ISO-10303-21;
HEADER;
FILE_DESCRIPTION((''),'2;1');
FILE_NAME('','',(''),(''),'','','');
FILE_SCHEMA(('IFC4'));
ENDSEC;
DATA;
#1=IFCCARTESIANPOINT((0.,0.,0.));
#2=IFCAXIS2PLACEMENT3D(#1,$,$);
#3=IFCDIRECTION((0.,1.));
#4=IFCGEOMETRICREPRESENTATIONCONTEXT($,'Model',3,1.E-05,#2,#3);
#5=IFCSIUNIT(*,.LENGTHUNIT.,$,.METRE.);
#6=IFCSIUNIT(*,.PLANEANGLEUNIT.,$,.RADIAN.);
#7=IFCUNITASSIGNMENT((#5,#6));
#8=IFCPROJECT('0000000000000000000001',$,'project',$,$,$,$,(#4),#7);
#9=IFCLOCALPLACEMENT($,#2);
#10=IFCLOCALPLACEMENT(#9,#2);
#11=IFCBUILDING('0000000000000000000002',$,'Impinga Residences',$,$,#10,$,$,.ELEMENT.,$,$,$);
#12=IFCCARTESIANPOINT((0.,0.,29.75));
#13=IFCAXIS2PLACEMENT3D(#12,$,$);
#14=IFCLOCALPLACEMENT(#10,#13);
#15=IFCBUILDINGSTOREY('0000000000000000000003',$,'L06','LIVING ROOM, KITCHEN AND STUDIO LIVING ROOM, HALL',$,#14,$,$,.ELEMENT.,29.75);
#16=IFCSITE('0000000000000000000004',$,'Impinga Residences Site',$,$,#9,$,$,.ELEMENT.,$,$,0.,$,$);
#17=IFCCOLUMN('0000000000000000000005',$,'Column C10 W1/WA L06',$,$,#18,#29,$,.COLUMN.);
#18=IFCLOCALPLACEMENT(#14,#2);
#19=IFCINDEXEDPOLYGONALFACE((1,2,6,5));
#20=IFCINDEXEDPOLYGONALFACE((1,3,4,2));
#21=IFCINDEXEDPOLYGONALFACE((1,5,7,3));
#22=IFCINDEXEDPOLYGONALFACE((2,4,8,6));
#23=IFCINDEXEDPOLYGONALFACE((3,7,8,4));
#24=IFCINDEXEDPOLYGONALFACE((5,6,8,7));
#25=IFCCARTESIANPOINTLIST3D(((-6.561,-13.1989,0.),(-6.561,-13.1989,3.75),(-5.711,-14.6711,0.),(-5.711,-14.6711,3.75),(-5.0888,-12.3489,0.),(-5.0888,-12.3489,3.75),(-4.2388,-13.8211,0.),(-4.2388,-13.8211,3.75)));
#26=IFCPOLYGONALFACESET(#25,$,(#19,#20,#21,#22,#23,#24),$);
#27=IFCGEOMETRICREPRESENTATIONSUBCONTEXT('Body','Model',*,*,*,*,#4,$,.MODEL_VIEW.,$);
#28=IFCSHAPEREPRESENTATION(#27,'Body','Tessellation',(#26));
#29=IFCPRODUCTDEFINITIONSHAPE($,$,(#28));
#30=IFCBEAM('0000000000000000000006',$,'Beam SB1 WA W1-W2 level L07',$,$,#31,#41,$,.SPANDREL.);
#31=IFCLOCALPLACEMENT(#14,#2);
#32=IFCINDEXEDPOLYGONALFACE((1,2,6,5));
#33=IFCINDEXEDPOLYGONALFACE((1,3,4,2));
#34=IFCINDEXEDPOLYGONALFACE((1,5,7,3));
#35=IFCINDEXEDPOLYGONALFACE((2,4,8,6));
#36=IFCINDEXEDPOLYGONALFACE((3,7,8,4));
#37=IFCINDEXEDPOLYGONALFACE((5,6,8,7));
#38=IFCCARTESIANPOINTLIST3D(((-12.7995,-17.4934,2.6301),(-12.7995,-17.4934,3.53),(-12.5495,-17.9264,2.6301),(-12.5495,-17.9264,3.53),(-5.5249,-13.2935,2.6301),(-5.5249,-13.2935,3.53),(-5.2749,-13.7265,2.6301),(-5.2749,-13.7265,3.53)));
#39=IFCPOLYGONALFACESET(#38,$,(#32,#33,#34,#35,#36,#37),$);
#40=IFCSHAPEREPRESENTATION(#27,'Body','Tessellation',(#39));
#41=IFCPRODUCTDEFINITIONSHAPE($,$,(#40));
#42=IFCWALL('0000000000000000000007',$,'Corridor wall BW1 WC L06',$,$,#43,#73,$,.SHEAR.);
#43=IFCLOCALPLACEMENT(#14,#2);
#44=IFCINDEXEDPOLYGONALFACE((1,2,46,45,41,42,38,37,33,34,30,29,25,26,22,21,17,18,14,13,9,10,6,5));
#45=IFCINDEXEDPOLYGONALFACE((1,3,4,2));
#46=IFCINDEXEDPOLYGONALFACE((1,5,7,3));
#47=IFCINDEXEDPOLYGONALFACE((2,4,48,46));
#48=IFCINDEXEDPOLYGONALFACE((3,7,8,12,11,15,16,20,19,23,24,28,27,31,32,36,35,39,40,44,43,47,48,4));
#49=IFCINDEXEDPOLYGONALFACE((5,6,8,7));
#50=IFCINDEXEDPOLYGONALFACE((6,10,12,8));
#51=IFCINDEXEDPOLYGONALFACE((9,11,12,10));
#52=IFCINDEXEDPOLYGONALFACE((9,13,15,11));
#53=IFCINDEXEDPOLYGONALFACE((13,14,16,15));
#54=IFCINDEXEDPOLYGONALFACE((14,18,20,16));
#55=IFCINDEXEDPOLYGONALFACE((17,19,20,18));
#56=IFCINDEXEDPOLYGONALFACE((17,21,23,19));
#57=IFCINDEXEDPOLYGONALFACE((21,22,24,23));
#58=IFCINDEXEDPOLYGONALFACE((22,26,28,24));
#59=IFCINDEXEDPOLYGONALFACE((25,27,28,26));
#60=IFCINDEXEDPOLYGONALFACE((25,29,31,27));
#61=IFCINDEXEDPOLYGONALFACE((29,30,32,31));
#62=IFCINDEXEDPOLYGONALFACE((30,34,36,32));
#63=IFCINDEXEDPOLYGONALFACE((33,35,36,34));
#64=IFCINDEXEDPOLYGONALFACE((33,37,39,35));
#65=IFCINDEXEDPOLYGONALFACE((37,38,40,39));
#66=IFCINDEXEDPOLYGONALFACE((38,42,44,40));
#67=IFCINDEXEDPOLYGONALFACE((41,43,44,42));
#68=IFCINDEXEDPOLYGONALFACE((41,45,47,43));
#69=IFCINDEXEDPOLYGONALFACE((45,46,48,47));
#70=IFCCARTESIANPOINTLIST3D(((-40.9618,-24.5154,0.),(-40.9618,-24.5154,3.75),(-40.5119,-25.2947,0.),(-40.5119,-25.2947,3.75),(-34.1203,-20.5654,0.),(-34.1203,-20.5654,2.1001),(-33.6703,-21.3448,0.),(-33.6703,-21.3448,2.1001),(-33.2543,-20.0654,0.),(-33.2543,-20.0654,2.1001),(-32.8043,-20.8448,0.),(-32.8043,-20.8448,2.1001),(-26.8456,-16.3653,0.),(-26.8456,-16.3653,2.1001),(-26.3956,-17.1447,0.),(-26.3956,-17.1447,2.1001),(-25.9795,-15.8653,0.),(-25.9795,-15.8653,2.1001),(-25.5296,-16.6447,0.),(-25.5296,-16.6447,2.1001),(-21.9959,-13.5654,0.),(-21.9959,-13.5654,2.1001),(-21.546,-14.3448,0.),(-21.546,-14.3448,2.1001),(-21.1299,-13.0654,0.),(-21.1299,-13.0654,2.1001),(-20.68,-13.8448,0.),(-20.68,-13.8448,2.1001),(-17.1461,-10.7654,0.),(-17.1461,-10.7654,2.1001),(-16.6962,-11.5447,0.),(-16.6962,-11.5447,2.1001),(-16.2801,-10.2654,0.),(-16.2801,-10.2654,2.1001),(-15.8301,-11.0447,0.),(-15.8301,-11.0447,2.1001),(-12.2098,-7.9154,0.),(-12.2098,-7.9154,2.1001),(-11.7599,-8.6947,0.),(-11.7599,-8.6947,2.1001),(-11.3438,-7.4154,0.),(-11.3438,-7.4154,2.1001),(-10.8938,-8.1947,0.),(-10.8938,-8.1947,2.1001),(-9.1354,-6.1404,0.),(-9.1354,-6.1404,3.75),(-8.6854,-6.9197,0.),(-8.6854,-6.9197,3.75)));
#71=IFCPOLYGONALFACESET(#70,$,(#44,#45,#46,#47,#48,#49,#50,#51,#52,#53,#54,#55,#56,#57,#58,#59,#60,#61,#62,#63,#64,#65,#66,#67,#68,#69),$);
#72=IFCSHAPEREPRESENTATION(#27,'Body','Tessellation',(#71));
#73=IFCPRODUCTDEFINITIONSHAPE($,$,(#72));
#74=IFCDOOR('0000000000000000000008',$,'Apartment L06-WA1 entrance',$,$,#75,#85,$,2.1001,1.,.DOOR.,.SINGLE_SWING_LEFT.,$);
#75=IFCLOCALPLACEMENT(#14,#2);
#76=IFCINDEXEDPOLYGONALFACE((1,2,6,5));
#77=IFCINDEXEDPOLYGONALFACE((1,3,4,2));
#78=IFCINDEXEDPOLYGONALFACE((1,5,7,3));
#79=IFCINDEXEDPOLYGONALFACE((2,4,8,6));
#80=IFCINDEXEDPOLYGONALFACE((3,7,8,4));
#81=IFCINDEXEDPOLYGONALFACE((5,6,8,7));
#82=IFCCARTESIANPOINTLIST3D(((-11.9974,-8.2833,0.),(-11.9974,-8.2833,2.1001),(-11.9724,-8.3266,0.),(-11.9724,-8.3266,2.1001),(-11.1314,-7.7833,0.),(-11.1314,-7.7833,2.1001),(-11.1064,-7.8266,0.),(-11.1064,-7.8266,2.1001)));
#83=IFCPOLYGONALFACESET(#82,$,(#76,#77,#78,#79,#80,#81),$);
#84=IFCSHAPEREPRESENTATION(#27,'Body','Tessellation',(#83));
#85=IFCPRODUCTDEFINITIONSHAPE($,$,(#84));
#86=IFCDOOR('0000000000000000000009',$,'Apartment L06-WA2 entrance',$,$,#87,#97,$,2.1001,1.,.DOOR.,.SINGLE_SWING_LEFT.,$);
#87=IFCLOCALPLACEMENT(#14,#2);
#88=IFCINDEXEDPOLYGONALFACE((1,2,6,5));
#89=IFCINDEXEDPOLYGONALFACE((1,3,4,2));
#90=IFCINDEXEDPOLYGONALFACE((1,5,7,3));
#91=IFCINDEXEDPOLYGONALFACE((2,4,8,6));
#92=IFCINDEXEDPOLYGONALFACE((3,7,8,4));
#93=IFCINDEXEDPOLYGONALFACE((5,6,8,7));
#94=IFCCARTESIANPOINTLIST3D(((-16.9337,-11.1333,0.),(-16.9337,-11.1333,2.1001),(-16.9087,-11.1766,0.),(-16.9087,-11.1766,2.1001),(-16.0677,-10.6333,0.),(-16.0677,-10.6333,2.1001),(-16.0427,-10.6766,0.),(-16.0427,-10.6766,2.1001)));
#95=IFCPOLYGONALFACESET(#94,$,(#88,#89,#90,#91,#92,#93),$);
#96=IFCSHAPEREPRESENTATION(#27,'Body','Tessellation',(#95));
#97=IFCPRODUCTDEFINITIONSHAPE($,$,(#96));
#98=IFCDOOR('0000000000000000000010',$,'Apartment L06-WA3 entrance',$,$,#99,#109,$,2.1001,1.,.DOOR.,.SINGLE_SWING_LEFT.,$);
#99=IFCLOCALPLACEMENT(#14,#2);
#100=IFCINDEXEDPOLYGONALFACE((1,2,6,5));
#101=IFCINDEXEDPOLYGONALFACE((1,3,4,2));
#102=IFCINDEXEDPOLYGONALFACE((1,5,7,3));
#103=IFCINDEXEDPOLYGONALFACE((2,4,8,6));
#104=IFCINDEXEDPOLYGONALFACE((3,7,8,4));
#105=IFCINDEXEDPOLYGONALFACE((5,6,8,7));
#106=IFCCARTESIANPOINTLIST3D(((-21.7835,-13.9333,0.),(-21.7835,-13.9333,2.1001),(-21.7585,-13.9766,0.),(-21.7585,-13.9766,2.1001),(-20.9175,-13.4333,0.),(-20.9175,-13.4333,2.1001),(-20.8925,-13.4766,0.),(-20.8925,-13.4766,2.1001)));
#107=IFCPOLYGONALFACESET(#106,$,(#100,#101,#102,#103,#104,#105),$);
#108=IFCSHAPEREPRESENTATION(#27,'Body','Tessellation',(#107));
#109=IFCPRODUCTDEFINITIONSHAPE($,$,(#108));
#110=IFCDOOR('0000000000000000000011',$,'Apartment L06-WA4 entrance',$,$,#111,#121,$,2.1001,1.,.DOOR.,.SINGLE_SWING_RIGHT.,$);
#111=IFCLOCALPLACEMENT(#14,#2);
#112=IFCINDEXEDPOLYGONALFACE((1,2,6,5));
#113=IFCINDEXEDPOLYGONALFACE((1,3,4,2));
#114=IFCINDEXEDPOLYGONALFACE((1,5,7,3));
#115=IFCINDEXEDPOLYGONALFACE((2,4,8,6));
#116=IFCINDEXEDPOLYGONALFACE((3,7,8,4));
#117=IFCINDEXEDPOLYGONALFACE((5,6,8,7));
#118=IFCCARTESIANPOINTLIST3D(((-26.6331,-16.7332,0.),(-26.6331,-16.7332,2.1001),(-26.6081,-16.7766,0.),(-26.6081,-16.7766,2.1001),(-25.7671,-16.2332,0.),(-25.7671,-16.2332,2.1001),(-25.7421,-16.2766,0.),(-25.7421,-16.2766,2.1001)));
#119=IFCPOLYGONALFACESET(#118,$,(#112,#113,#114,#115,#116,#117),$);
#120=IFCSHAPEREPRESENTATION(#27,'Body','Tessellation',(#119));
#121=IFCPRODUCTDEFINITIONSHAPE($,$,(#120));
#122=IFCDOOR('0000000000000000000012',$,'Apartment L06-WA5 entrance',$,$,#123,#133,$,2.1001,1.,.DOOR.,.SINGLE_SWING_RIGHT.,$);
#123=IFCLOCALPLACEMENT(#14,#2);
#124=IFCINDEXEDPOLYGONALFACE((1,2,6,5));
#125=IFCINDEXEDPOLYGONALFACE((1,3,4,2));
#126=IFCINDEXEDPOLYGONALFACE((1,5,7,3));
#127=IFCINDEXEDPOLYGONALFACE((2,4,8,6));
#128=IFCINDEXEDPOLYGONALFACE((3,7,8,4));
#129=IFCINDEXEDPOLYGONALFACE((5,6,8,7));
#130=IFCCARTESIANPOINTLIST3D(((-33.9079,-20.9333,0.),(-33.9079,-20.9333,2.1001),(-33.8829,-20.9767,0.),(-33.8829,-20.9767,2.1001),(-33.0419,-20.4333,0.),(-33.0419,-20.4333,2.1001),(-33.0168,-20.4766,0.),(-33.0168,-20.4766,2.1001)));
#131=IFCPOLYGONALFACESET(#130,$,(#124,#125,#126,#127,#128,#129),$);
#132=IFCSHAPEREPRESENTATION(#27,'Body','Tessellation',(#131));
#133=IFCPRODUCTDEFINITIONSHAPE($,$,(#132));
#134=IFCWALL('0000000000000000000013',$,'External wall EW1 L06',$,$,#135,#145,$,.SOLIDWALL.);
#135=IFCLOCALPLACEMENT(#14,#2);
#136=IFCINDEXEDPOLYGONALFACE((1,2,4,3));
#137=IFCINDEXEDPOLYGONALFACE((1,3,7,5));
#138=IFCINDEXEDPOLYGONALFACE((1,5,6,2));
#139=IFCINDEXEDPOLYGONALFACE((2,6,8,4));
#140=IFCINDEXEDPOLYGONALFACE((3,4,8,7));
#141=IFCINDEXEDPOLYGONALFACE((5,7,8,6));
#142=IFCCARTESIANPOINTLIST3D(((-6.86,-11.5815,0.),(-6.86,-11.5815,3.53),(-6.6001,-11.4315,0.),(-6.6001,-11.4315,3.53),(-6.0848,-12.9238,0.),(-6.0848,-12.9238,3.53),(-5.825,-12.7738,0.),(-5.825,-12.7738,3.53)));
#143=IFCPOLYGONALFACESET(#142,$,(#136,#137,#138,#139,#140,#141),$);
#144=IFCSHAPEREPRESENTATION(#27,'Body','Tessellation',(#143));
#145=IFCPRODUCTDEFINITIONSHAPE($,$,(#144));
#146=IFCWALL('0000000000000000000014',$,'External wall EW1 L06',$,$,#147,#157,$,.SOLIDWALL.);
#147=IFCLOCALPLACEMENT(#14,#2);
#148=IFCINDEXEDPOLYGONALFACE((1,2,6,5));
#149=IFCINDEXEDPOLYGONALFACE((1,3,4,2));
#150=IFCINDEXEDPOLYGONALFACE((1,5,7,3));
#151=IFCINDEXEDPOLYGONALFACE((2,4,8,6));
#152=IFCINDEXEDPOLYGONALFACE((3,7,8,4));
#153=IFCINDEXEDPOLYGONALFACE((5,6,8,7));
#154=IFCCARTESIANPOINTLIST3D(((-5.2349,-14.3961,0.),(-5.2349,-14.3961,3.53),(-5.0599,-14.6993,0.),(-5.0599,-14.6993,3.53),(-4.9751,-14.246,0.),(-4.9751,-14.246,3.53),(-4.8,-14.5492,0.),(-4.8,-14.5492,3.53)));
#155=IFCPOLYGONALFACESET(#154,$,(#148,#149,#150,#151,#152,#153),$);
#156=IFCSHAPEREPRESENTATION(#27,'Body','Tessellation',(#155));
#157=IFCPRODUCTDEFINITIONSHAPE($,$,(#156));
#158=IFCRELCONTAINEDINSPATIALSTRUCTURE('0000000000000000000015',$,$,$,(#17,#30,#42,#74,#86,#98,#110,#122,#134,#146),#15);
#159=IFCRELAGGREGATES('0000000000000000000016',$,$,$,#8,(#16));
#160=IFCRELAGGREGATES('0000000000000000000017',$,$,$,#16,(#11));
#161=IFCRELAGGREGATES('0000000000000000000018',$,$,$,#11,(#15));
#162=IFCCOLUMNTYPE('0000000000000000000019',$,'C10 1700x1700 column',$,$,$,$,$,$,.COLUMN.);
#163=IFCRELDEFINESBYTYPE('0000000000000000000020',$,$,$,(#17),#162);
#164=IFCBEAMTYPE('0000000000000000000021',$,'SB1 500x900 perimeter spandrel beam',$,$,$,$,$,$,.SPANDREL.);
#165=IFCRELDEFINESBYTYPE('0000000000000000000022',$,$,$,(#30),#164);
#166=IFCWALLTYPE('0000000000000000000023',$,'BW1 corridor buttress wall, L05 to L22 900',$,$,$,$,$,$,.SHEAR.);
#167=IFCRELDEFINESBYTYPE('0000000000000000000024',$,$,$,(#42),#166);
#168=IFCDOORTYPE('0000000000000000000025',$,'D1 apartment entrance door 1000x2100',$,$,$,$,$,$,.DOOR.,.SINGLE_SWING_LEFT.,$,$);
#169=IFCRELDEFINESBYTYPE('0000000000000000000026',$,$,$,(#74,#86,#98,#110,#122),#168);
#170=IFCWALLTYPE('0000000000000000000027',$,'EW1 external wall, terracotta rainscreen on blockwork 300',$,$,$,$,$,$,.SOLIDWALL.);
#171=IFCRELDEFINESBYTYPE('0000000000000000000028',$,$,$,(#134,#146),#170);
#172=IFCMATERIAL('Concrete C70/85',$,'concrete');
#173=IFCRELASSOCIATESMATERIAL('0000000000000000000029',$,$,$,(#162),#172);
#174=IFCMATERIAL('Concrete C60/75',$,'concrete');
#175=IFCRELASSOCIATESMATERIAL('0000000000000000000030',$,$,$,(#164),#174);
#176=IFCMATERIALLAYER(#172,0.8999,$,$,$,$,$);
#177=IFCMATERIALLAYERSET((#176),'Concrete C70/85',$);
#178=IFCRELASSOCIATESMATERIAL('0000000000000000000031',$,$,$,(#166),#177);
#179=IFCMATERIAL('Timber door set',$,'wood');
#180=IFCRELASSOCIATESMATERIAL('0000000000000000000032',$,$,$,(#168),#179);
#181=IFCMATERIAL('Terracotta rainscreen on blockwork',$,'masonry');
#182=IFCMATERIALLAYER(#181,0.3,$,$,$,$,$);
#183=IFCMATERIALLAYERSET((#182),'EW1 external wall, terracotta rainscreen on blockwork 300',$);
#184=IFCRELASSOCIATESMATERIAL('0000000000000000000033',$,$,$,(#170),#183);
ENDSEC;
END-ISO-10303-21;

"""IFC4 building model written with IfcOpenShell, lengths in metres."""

from ifc_helpers import new_model, si_unit, direction, frame, frame_2d, origin, origin_2d, place, context, subcontext, project, spatial, rectangle, extrude, material, layer, layer_set, material_profile, profile_set, type_object, element, fill, save


model = new_model("IFC4")

# Units and contexts
model_context = context("Model", 3, precision=1e-05, world=origin(), true_north=direction((0.0, 1.0)))
body_context = subcontext(model_context, "Body", "Model", "MODEL_VIEW")
ifc_project = project(units=[si_unit("LENGTHUNIT", "METRE"), si_unit("PLANEANGLEUNIT", "RADIAN")], contexts=[model_context])

# Site, building, storey
site_placement = place(None, origin())
site = spatial("IfcSite", under=ifc_project, at=site_placement, Name="Impinga Residences Site", CompositionType="ELEMENT", RefElevation=0.0)
building_placement = place(site_placement, origin())
building = spatial("IfcBuilding", under=site, at=building_placement, Name="Impinga Residences", CompositionType="ELEMENT")
storey_placement = place(building_placement, frame((0.0, 0.0, 29.75)))
storey = spatial("IfcBuildingStorey", under=building, at=storey_placement, Name="L06", Description="LIVING ROOM, KITCHEN AND STUDIO LIVING ROOM, HALL", CompositionType="ELEMENT", Elevation=29.75)

# Column
ifc_material_1 = material(Name="Concrete C70/85", Category="concrete")
ifc_material_profile_1 = material_profile(ifc_material_1, rectangle(XDim=1.7, YDim=1.7, at=origin_2d()), Name="RC 1700x1700")
ifc_profile_set_1 = profile_set([ifc_material_profile_1], Name="Concrete C70/85")
column_type = type_object("IfcColumnType", Name="C10 1700x1700 column", PredefinedType="COLUMN", material=ifc_profile_set_1)
column_placement = place(storey_placement, frame((-5.3999, -13.51, 0.0), z_axis=(0.0, 0.0, 1.0), x_axis=(-0.5, 0.866025, 0.0)))
element("IfcColumn", 1, at=column_placement, inside=storey, type_object=column_type, Name="Column C10 W1/WA L06", PredefinedType="COLUMN", context=body_context, shape_type="SweptSolid", body=[
    extrude(rectangle(XDim=1.7, YDim=1.7, at=origin_2d()), origin(), (0.0, 0.0, 1.0), 3.75),
])

# Beam
ifc_material_2 = material(Name="Concrete C60/75", Category="concrete")
ifc_material_profile_2 = material_profile(ifc_material_2, rectangle(XDim=0.5, YDim=0.8999, at=origin_2d()), Name="RC 500x900")
ifc_profile_set_2 = profile_set([ifc_material_profile_2], Name="Concrete C60/75")
beam_type = type_object("IfcBeamType", Name="SB1 500x900 perimeter spandrel beam", PredefinedType="SPANDREL", material=ifc_profile_set_2)
beam_placement = place(storey_placement, frame((-5.3999, -13.51, 3.0801), z_axis=(-0.866029, -0.499993, 0.0), x_axis=(0.499993, -0.866029, 0.0)))
element("IfcBeam", 2, at=beam_placement, inside=storey, type_object=beam_type, Name="Beam SB1 WA W1-W2 level L07", PredefinedType="SPANDREL", context=body_context, shape_type="SweptSolid", body=[
    extrude(rectangle(XDim=0.5, YDim=0.8999, at=origin_2d()), origin(), (0.0, 0.0, 1.0), 8.3999),
])

# Wall, openings, doors
ifc_layer_1 = layer(ifc_material_1, 0.8999)
ifc_layer_set_1 = layer_set([ifc_layer_1], Name="Concrete C70/85")
wall_type_1 = type_object("IfcWallType", Name="BW1 corridor buttress wall, L05 to L22 900", PredefinedType="SHEAR", material=ifc_layer_set_1)
wall_1_placement = place(storey_placement, frame((-8.9104, -6.53, 0.0), z_axis=(0.0, 0.0, 1.0), x_axis=(-0.866025, -0.5, 0.0)))
wall_1 = element("IfcWall", 3, at=wall_1_placement, inside=storey, type_object=wall_type_1, Name="Corridor wall BW1 WC L06", PredefinedType="SHEAR", context=body_context, shape_type="SweptSolid", body=[
    extrude(rectangle(XDim=36.75, YDim=0.8999, at=frame_2d((18.375, 0.0))), origin(), (0.0, 0.0, 1.0), 3.75),
])
opening_1_placement = place(wall_1_placement, frame((2.55, 0.0, 0.0)))
opening_1 = element("IfcOpeningElement", 4, at=opening_1_placement, cuts=wall_1, PredefinedType="OPENING", context=body_context, shape_type="SweptSolid", body=[
    extrude(rectangle(XDim=1.0, YDim=2.1001, at=frame_2d((0.5, 1.05))), frame((0.0, 0.46, 0.0), z_axis=(0.0, -1.0, 0.0), x_axis=(1.0, 0.0, 0.0)), (0.0, 0.0, 1.0), 0.9199),
])
opening_2_placement = place(wall_1_placement, frame((8.25, 0.0, 0.0)))
opening_2 = element("IfcOpeningElement", 5, at=opening_2_placement, cuts=wall_1, PredefinedType="OPENING", context=body_context, shape_type="SweptSolid", body=[
    extrude(rectangle(XDim=1.0, YDim=2.1001, at=frame_2d((0.5, 1.05))), frame((0.0, 0.46, 0.0), z_axis=(0.0, -1.0, 0.0), x_axis=(1.0, 0.0, 0.0)), (0.0, 0.0, 1.0), 0.9199),
])
opening_3_placement = place(wall_1_placement, frame((13.8501, 0.0, 0.0)))
opening_3 = element("IfcOpeningElement", 6, at=opening_3_placement, cuts=wall_1, PredefinedType="OPENING", context=body_context, shape_type="SweptSolid", body=[
    extrude(rectangle(XDim=1.0, YDim=2.1001, at=frame_2d((0.5, 1.05))), frame((0.0, 0.46, 0.0), z_axis=(0.0, -1.0, 0.0), x_axis=(1.0, 0.0, 0.0)), (0.0, 0.0, 1.0), 0.9199),
])
opening_4_placement = place(wall_1_placement, frame((19.45, 0.0, 0.0)))
opening_4 = element("IfcOpeningElement", 7, at=opening_4_placement, cuts=wall_1, PredefinedType="OPENING", context=body_context, shape_type="SweptSolid", body=[
    extrude(rectangle(XDim=1.0, YDim=2.1001, at=frame_2d((0.5, 1.05))), frame((0.0, 0.46, 0.0), z_axis=(0.0, -1.0, 0.0), x_axis=(1.0, 0.0, 0.0)), (0.0, 0.0, 1.0), 0.9199),
])
opening_5_placement = place(wall_1_placement, frame((27.8501, 0.0, 0.0)))
opening_5 = element("IfcOpeningElement", 8, at=opening_5_placement, cuts=wall_1, PredefinedType="OPENING", context=body_context, shape_type="SweptSolid", body=[
    extrude(rectangle(XDim=1.0, YDim=2.1001, at=frame_2d((0.5, 1.05))), frame((0.0, 0.46, 0.0), z_axis=(0.0, -1.0, 0.0), x_axis=(1.0, 0.0, 0.0)), (0.0, 0.0, 1.0), 0.9199),
])
ifc_material_3 = material(Name="Timber door set", Category="wood")
door_type_1 = type_object("IfcDoorType", Name="D1 apartment entrance door 1000x2100", OperationType="SINGLE_SWING_LEFT", PredefinedType="DOOR", material=ifc_material_3)
door_1_placement = place(opening_1_placement, origin())
door_1 = element("IfcDoor", 9, at=door_1_placement, inside=storey, type_object=door_type_1, Name="Apartment L06-WA1 entrance", OperationType="SINGLE_SWING_LEFT", OverallHeight=2.1001, OverallWidth=1.0, PredefinedType="DOOR", context=body_context, shape_type="SweptSolid", body=[
    extrude(rectangle(XDim=1.0, YDim=2.1001, at=frame_2d((0.5, 1.05))), frame((0.0, 0.0249, 0.0), z_axis=(0.0, -1.0, 0.0), x_axis=(1.0, 0.0, 0.0)), (0.0, 0.0, 1.0), 0.05),
])
fill(opening_1, door_1)
door_2_placement = place(opening_2_placement, origin())
door_2 = element("IfcDoor", 10, at=door_2_placement, inside=storey, type_object=door_type_1, Name="Apartment L06-WA2 entrance", OperationType="SINGLE_SWING_LEFT", OverallHeight=2.1001, OverallWidth=1.0, PredefinedType="DOOR", context=body_context, shape_type="SweptSolid", body=[
    extrude(rectangle(XDim=1.0, YDim=2.1001, at=frame_2d((0.5, 1.05))), frame((0.0, 0.0249, 0.0), z_axis=(0.0, -1.0, 0.0), x_axis=(1.0, 0.0, 0.0)), (0.0, 0.0, 1.0), 0.05),
])
fill(opening_2, door_2)
door_3_placement = place(opening_3_placement, origin())
door_3 = element("IfcDoor", 11, at=door_3_placement, inside=storey, type_object=door_type_1, Name="Apartment L06-WA3 entrance", OperationType="SINGLE_SWING_LEFT", OverallHeight=2.1001, OverallWidth=1.0, PredefinedType="DOOR", context=body_context, shape_type="SweptSolid", body=[
    extrude(rectangle(XDim=1.0, YDim=2.1001, at=frame_2d((0.5, 1.05))), frame((0.0, 0.0249, 0.0), z_axis=(0.0, -1.0, 0.0), x_axis=(1.0, 0.0, 0.0)), (0.0, 0.0, 1.0), 0.05),
])
fill(opening_3, door_3)
door_4_placement = place(opening_4_placement, origin())
door_4 = element("IfcDoor", 12, at=door_4_placement, inside=storey, type_object=door_type_1, Name="Apartment L06-WA4 entrance", OperationType="SINGLE_SWING_RIGHT", OverallHeight=2.1001, OverallWidth=1.0, PredefinedType="DOOR", context=body_context, shape_type="SweptSolid", body=[
    extrude(rectangle(XDim=1.0, YDim=2.1001, at=frame_2d((0.5, 1.05))), frame((0.0, 0.0249, 0.0), z_axis=(0.0, -1.0, 0.0), x_axis=(1.0, 0.0, 0.0)), (0.0, 0.0, 1.0), 0.05),
])
fill(opening_4, door_4)
door_5_placement = place(opening_5_placement, origin())
door_5 = element("IfcDoor", 13, at=door_5_placement, inside=storey, type_object=door_type_1, Name="Apartment L06-WA5 entrance", OperationType="SINGLE_SWING_RIGHT", OverallHeight=2.1001, OverallWidth=1.0, PredefinedType="DOOR", context=body_context, shape_type="SweptSolid", body=[
    extrude(rectangle(XDim=1.0, YDim=2.1001, at=frame_2d((0.5, 1.05))), frame((0.0, 0.0249, 0.0), z_axis=(0.0, -1.0, 0.0), x_axis=(1.0, 0.0, 0.0)), (0.0, 0.0, 1.0), 0.05),
])
fill(opening_5, door_5)

# Walls
ifc_material_4 = material(Name="Terracotta rainscreen on blockwork", Category="masonry")
ifc_layer_2 = layer(ifc_material_4, 0.3)
ifc_layer_set_2 = layer_set([ifc_layer_2], Name="EW1 external wall, terracotta rainscreen on blockwork 300")
wall_type_2 = type_object("IfcWallType", Name="EW1 external wall, terracotta rainscreen on blockwork 300", PredefinedType="SOLIDWALL", material=ifc_layer_set_2)
wall_2_placement = place(storey_placement, frame((-6.73, -11.5066, 0.0), z_axis=(0.0, 0.0, 1.0), x_axis=(0.500086, -0.865976, 0.0)))
element("IfcWall", 14, at=wall_2_placement, inside=storey, type_object=wall_type_2, Name="External wall EW1 L06", PredefinedType="SOLIDWALL", context=body_context, shape_type="SweptSolid", body=[
    extrude(rectangle(XDim=1.55, YDim=0.3, at=frame_2d((0.7749, 0.0))), origin(), (0.0, 0.0, 1.0), 3.53),
])
wall_3_placement = place(storey_placement, frame((-5.105, -14.321, 0.0), z_axis=(0.0, 0.0, 1.0), x_axis=(0.499964, -0.866046, 0.0)))
element("IfcWall", 15, at=wall_3_placement, inside=storey, type_object=wall_type_2, Name="External wall EW1 L06", PredefinedType="SOLIDWALL", context=body_context, shape_type="SweptSolid", body=[
    extrude(rectangle(XDim=0.3501, YDim=0.3, at=frame_2d((0.175, 0.0))), origin(), (0.0, 0.0, 1.0), 3.53),
])

save(model, "model.ifc")
